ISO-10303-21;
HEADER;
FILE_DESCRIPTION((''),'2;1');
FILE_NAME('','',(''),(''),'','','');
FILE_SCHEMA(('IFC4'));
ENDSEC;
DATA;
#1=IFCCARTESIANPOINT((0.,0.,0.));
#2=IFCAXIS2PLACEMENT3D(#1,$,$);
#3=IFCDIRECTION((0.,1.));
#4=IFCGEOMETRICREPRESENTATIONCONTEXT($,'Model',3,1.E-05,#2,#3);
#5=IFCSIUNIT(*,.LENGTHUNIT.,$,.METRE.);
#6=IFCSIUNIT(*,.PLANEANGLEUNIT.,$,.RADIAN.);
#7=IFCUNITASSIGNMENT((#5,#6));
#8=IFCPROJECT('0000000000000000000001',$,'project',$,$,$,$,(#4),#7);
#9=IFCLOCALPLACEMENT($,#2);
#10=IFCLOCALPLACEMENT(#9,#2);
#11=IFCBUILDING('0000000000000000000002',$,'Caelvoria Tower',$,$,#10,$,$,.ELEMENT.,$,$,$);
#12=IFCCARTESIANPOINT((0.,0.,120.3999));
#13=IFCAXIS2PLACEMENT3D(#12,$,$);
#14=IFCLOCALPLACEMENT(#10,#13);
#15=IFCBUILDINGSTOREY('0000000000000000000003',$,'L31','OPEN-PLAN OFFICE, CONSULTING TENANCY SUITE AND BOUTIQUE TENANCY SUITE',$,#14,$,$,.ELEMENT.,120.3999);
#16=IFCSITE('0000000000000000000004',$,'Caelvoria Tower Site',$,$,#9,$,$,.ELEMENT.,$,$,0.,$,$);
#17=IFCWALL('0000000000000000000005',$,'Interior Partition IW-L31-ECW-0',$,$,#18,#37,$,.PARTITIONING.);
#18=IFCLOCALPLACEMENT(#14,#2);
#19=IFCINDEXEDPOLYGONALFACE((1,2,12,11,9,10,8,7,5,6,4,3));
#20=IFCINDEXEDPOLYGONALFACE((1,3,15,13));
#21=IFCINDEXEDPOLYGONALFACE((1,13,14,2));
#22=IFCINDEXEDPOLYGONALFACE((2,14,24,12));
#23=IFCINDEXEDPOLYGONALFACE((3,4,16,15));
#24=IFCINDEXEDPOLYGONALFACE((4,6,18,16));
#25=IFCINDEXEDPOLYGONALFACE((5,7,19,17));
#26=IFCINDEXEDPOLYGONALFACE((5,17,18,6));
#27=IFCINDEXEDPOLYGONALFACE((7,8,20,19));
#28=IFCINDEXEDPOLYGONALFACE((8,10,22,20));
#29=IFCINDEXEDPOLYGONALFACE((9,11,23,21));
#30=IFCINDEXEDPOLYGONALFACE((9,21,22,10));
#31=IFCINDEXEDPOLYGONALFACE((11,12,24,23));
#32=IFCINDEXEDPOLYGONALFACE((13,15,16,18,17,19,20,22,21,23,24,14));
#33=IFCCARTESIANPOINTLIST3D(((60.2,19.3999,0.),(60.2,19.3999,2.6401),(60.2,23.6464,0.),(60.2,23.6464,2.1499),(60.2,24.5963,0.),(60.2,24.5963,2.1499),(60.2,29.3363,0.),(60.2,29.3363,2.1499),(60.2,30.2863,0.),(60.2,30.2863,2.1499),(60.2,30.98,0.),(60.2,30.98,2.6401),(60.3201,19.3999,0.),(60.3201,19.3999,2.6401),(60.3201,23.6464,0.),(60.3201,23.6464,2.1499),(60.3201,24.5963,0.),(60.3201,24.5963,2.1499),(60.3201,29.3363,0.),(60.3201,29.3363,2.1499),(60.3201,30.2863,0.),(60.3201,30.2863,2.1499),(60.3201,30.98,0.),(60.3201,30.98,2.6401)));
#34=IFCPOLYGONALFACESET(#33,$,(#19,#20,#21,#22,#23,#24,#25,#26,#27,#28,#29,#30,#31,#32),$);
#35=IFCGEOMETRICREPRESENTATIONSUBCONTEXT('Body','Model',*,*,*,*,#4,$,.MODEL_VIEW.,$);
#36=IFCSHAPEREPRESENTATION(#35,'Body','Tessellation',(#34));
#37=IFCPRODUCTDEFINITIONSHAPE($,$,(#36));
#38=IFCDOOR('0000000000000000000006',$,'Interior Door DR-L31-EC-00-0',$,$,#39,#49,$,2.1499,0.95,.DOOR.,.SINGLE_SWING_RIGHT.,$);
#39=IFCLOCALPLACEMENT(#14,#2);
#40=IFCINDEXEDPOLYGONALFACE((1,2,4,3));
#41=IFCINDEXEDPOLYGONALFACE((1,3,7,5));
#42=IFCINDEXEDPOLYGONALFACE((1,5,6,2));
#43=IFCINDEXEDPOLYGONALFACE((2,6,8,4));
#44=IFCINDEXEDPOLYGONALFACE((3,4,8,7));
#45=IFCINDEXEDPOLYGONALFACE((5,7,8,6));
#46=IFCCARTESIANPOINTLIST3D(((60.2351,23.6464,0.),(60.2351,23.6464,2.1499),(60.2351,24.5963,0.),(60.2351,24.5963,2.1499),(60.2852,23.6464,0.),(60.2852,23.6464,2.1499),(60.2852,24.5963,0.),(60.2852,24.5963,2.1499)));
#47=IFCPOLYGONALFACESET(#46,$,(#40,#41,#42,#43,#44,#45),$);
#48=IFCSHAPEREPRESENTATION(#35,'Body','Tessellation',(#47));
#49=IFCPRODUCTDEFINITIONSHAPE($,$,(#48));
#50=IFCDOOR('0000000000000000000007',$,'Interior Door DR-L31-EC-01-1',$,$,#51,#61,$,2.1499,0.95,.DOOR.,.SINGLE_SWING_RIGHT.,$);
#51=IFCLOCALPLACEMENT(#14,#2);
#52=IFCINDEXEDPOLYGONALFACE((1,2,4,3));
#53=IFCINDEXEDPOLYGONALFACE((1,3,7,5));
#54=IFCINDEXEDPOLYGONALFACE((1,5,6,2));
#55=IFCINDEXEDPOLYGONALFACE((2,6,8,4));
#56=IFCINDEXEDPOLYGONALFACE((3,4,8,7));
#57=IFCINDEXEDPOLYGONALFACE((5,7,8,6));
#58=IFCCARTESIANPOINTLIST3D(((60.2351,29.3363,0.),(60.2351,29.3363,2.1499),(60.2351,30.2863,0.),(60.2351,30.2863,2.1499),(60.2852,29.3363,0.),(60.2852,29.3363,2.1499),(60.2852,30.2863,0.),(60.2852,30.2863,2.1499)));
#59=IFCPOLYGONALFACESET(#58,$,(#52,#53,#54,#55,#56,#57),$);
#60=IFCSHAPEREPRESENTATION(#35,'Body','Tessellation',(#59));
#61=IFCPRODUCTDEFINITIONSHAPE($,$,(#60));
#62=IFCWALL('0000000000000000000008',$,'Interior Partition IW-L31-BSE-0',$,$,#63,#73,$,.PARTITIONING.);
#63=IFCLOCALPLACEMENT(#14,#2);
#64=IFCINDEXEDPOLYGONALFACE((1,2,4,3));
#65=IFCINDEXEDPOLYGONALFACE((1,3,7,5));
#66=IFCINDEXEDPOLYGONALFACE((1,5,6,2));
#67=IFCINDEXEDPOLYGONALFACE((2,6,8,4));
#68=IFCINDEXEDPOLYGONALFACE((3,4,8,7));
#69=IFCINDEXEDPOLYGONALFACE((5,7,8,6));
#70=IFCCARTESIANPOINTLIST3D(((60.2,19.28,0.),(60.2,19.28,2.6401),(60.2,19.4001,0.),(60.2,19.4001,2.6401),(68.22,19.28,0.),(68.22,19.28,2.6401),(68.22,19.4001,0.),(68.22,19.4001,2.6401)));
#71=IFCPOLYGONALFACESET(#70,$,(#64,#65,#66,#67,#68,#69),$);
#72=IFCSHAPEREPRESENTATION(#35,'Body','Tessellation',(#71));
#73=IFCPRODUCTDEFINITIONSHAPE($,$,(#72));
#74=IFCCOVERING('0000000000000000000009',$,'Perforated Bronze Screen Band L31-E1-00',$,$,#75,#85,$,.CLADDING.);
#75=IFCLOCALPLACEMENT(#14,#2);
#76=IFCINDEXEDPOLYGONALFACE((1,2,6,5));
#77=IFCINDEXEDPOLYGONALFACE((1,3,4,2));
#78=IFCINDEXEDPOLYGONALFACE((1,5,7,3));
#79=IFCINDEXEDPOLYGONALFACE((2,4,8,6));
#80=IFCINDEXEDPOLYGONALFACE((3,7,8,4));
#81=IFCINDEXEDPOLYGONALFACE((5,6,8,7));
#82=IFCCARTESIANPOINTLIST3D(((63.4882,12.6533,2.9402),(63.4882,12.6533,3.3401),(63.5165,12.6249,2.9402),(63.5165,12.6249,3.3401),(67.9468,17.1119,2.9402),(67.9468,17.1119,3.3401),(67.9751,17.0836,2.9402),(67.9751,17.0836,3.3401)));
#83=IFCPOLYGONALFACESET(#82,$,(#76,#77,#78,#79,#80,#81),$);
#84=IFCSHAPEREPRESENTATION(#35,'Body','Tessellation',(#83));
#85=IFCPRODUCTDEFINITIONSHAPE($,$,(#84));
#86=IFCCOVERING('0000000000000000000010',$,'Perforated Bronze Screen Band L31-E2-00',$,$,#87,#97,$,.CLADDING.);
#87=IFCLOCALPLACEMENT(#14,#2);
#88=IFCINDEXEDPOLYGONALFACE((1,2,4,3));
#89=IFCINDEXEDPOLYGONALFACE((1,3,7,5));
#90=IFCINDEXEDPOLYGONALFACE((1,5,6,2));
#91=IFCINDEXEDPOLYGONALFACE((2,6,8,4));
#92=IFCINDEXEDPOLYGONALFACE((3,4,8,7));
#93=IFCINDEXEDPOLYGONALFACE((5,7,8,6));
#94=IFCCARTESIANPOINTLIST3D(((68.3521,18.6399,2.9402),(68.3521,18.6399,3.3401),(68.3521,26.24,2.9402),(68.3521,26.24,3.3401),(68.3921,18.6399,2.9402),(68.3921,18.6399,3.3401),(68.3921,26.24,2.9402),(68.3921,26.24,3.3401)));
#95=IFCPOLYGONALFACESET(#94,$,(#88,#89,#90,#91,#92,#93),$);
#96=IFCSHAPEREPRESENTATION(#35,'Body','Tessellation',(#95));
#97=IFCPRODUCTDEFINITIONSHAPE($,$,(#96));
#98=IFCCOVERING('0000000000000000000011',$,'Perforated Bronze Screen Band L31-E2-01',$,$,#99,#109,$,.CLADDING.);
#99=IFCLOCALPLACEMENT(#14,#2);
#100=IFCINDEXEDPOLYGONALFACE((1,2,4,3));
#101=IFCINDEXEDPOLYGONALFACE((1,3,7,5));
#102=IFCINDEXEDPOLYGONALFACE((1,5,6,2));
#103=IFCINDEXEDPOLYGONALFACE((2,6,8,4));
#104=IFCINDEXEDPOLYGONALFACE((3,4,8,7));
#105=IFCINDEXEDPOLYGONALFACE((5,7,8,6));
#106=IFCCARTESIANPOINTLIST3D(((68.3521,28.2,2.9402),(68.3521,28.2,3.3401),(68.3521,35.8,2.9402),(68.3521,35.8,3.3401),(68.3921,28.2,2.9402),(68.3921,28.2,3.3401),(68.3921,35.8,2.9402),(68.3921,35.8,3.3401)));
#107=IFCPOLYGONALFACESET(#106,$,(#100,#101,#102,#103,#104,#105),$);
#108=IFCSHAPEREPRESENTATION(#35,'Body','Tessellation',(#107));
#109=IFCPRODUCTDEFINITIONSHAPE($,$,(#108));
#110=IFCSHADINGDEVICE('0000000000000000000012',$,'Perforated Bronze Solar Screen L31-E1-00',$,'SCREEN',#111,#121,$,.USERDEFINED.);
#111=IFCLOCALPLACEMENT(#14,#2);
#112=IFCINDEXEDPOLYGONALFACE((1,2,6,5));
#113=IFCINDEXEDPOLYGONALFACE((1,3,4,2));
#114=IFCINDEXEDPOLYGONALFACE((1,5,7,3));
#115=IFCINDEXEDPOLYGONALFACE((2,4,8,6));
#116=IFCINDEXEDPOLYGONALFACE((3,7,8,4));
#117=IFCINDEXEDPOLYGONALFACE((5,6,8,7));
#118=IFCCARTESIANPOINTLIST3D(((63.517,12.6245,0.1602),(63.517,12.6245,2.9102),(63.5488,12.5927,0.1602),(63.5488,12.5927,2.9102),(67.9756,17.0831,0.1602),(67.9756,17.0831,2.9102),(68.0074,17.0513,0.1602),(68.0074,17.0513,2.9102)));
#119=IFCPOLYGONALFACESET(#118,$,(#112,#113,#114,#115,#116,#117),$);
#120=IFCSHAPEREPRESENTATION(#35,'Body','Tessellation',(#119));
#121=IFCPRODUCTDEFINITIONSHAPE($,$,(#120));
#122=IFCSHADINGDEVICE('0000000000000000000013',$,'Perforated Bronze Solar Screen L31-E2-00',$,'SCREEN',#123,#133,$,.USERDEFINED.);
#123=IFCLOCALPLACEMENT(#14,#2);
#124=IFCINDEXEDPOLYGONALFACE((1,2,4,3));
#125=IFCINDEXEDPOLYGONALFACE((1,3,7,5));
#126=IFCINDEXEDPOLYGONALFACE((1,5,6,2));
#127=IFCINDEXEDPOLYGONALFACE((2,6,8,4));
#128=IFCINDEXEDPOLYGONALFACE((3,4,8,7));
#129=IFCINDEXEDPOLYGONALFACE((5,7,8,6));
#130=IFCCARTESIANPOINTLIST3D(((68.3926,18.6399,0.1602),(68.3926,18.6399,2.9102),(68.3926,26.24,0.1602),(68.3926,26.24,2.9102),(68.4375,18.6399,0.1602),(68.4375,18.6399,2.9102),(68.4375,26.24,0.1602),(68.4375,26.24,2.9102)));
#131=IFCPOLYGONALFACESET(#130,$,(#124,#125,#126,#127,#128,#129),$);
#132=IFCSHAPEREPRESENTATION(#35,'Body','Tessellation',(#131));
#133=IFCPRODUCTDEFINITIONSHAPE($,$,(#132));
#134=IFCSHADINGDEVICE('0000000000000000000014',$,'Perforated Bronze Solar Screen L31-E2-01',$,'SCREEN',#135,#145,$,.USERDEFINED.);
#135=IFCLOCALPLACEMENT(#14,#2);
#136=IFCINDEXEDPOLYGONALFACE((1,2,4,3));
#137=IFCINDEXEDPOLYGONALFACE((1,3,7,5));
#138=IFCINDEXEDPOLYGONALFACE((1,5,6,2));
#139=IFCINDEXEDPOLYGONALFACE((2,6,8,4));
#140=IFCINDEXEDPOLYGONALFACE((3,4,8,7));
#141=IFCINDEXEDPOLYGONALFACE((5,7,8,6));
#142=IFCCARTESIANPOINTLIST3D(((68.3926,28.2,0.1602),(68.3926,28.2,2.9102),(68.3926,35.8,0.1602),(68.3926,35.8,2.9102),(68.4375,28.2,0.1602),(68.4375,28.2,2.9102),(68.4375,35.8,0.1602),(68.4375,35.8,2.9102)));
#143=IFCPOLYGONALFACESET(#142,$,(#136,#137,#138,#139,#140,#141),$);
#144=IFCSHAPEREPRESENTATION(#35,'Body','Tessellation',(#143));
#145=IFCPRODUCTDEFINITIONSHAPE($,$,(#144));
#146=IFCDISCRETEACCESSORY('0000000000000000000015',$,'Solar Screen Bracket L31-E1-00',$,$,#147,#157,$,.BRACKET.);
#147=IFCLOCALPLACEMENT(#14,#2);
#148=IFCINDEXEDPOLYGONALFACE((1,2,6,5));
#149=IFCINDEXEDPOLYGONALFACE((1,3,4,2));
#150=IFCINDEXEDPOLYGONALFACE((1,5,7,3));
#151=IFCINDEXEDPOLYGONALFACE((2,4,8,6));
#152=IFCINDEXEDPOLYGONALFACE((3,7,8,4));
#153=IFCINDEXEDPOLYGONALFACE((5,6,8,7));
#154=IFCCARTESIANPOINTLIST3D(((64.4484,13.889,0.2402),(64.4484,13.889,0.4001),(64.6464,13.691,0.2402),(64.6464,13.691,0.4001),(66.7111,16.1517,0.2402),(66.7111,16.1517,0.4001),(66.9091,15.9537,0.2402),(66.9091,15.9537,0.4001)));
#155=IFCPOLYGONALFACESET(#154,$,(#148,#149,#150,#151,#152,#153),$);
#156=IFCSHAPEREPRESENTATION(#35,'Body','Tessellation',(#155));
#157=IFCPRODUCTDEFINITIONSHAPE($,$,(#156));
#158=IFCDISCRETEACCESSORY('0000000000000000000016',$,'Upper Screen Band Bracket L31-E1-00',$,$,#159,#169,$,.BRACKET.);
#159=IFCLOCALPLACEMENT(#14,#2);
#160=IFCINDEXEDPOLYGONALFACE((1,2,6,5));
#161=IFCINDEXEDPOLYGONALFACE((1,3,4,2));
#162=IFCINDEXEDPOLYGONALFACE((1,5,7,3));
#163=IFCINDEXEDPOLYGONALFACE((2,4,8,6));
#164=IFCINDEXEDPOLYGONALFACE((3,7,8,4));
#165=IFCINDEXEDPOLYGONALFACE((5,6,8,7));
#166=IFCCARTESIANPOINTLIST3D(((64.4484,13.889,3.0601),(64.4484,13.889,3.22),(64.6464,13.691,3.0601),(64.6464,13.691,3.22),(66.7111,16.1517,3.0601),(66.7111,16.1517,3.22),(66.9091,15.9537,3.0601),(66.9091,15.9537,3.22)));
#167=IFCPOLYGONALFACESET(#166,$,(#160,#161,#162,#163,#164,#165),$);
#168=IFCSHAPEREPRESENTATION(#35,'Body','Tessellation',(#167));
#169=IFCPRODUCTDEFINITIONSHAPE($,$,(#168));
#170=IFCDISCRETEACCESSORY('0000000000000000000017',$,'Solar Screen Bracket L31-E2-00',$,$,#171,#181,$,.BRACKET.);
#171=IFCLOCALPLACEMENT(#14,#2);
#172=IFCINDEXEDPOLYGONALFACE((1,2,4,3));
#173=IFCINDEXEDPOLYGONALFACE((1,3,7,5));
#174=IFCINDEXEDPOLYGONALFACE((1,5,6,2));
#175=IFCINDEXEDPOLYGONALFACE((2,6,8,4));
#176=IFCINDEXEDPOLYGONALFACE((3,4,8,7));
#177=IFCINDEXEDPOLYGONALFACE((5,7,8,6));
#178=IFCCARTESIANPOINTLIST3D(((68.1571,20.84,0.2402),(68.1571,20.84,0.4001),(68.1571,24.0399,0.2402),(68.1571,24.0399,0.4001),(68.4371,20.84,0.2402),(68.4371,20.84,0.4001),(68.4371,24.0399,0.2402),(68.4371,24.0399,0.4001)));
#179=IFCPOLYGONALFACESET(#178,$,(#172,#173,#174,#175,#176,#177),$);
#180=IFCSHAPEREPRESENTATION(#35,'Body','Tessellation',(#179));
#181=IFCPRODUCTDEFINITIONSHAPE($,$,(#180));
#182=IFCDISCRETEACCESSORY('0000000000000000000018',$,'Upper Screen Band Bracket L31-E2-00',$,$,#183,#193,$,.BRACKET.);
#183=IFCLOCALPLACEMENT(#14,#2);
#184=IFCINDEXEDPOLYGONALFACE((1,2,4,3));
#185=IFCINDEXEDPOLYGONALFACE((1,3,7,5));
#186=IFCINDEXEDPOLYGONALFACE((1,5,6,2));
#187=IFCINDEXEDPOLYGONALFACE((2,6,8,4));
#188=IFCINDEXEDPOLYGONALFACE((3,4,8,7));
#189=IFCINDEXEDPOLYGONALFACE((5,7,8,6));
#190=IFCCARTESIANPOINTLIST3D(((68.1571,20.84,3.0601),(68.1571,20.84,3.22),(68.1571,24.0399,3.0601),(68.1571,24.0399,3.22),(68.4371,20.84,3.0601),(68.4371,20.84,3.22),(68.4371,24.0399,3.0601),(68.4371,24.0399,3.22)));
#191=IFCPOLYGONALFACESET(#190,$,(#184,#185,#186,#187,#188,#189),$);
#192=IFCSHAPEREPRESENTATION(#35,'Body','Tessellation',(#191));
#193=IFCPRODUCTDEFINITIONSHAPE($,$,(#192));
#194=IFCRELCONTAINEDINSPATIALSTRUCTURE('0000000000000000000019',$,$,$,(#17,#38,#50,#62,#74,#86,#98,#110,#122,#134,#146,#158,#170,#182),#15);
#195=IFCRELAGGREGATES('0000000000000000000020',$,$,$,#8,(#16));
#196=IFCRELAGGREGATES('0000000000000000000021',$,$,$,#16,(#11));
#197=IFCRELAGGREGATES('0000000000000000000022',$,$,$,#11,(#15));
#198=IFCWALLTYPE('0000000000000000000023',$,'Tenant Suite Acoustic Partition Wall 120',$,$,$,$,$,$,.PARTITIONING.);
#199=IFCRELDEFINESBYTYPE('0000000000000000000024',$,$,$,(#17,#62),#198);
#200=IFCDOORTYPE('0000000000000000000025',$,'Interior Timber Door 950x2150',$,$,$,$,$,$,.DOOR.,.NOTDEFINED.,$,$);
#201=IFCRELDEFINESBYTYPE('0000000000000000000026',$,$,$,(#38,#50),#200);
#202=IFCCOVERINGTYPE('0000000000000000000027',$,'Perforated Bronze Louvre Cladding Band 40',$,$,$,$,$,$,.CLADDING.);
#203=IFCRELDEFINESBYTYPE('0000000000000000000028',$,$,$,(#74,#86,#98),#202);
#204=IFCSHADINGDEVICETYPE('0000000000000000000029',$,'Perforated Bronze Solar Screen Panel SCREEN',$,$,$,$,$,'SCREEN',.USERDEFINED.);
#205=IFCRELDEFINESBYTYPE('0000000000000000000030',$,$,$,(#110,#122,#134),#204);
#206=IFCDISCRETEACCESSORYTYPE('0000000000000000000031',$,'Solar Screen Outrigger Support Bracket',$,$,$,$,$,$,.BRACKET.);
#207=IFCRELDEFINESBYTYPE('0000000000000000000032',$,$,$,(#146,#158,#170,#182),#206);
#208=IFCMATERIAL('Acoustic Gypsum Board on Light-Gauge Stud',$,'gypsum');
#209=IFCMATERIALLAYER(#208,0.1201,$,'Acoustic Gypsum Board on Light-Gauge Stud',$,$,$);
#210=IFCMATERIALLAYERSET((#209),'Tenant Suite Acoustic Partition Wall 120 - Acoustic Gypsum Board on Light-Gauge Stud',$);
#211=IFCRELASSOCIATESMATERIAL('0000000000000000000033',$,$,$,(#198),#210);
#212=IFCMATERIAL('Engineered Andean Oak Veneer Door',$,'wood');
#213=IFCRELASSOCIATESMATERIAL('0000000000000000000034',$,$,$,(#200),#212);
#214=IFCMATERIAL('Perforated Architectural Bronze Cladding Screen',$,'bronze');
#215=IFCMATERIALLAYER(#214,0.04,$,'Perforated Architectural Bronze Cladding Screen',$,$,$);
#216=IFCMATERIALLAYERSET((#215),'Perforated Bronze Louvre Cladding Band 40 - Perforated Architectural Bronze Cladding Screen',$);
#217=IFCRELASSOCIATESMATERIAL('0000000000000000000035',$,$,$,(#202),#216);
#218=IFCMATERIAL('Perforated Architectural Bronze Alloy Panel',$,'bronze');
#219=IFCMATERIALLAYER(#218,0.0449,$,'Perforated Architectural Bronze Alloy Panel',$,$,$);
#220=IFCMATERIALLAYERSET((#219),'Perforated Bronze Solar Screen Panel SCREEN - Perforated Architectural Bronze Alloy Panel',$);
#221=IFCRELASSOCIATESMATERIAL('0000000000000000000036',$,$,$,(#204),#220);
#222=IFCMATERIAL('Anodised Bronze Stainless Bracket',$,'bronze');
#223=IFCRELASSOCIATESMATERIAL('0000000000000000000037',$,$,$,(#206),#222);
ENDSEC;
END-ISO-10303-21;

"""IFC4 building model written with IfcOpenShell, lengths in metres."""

from ifc_helpers import new_model, si_unit, direction, frame, frame_2d, origin, origin_2d, place, context, subcontext, project, spatial, rectangle, extrude, material, layer, layer_set, type_object, element, fill, save


model = new_model("IFC4")

# Units and contexts
model_context = context("Model", 3, precision=1e-05, world=origin(), true_north=direction((0.0, 1.0)))
body_context = subcontext(model_context, "Body", "Model", "MODEL_VIEW")
ifc_project = project(units=[si_unit("LENGTHUNIT", "METRE"), si_unit("PLANEANGLEUNIT", "RADIAN")], contexts=[model_context])

# Site, building, storey
site_placement = place(None, origin())
site = spatial("IfcSite", under=ifc_project, at=site_placement, Name="Caelvoria Tower Site", CompositionType="ELEMENT", RefElevation=0.0)
building_placement = place(site_placement, origin())
building = spatial("IfcBuilding", under=site, at=building_placement, Name="Caelvoria Tower", CompositionType="ELEMENT")
storey_placement = place(building_placement, frame((0.0, 0.0, 120.3999)))
storey = spatial("IfcBuildingStorey", under=building, at=storey_placement, Name="L31", Description="OPEN-PLAN OFFICE, CONSULTING TENANCY SUITE AND BOUTIQUE TENANCY SUITE", CompositionType="ELEMENT", Elevation=120.3999)

# Shared definitions
ifc_material_1 = material(Name="Acoustic Gypsum Board on Light-Gauge Stud", Category="gypsum")
ifc_layer_1 = layer(ifc_material_1, 0.1201, Name="Acoustic Gypsum Board on Light-Gauge Stud")
ifc_layer_set_1 = layer_set([ifc_layer_1], Name="Tenant Suite Acoustic Partition Wall 120 - Acoustic Gypsum Board on Light-Gauge Stud")
wall_type_1 = type_object("IfcWallType", Name="Tenant Suite Acoustic Partition Wall 120", PredefinedType="PARTITIONING", material=ifc_layer_set_1)
ifc_material_2 = material(Name="Engineered Andean Oak Veneer Door", Category="wood")

# Wall, openings, doors
wall_1_placement = place(storey_placement, frame((60.26, 19.3999, 0.0), z_axis=(0.0, 0.0, 1.0), x_axis=(0.0, 1.0, 0.0)))
wall_1 = element("IfcWall", 1, at=wall_1_placement, inside=storey, type_object=wall_type_1, Name="Interior Partition IW-L31-ECW-0", PredefinedType="PARTITIONING", context=body_context, shape_type="SweptSolid", body=[
    extrude(rectangle(XDim=11.5801, YDim=0.1201, at=frame_2d((5.79, 0.0))), origin(), (0.0, 0.0, 1.0), 2.6401),
])
opening_1_placement = place(wall_1_placement, frame((4.2463, 0.0, 0.0)))
opening_1 = element("IfcOpeningElement", 2, at=opening_1_placement, cuts=wall_1, PredefinedType="OPENING", context=body_context, shape_type="SweptSolid", body=[
    extrude(rectangle(XDim=0.95, YDim=2.1499, at=frame_2d((0.4751, 1.075))), frame((0.0, 0.0701, 0.0), z_axis=(0.0, -1.0, 0.0), x_axis=(1.0, 0.0, 0.0)), (0.0, 0.0, 1.0), 0.1401),
])
opening_2_placement = place(wall_1_placement, frame((9.9363, 0.0, 0.0)))
opening_2 = element("IfcOpeningElement", 3, at=opening_2_placement, cuts=wall_1, PredefinedType="OPENING", context=body_context, shape_type="SweptSolid", body=[
    extrude(rectangle(XDim=0.95, YDim=2.1499, at=frame_2d((0.4751, 1.075))), frame((0.0, 0.0701, 0.0), z_axis=(0.0, -1.0, 0.0), x_axis=(1.0, 0.0, 0.0)), (0.0, 0.0, 1.0), 0.1401),
])
door_type_1 = type_object("IfcDoorType", Name="Interior Timber Door 950x2150", OperationType="NOTDEFINED", PredefinedType="DOOR", material=ifc_material_2)
door_1_placement = place(opening_1_placement, origin())
door_1 = element("IfcDoor", 4, at=door_1_placement, inside=storey, type_object=door_type_1, Name="Interior Door DR-L31-EC-00-0", OperationType="SINGLE_SWING_RIGHT", OverallHeight=2.1499, OverallWidth=0.95, PredefinedType="DOOR", context=body_context, shape_type="SweptSolid", body=[
    extrude(rectangle(XDim=0.95, YDim=2.1499, at=frame_2d((0.4751, 1.075))), frame((0.0, 0.0249, 0.0), z_axis=(0.0, -1.0, 0.0), x_axis=(1.0, 0.0, 0.0)), (0.0, 0.0, 1.0), 0.05),
])
fill(opening_1, door_1)
door_2_placement = place(opening_2_placement, origin())
door_2 = element("IfcDoor", 5, at=door_2_placement, inside=storey, type_object=door_type_1, Name="Interior Door DR-L31-EC-01-1", OperationType="SINGLE_SWING_RIGHT", OverallHeight=2.1499, OverallWidth=0.95, PredefinedType="DOOR", context=body_context, shape_type="SweptSolid", body=[
    extrude(rectangle(XDim=0.95, YDim=2.1499, at=frame_2d((0.4751, 1.075))), frame((0.0, 0.0249, 0.0), z_axis=(0.0, -1.0, 0.0), x_axis=(1.0, 0.0, 0.0)), (0.0, 0.0, 1.0), 0.05),
])
fill(opening_2, door_2)

# Wall
wall_2_placement = place(storey_placement, frame((60.2, 19.3401, 0.0), z_axis=(0.0, 0.0, 1.0), x_axis=(1.0, 0.0, 0.0)))
element("IfcWall", 6, at=wall_2_placement, inside=storey, type_object=wall_type_1, Name="Interior Partition IW-L31-BSE-0", PredefinedType="PARTITIONING", context=body_context, shape_type="SweptSolid", body=[
    extrude(rectangle(XDim=8.02, YDim=0.1201, at=frame_2d((4.01, 0.0))), origin(), (0.0, 0.0, 1.0), 2.6401),
])

# Coverings
ifc_material_3 = material(Name="Perforated Architectural Bronze Cladding Screen", Category="bronze")
ifc_layer_2 = layer(ifc_material_3, 0.04, Name="Perforated Architectural Bronze Cladding Screen")
ifc_layer_set_2 = layer_set([ifc_layer_2], Name="Perforated Bronze Louvre Cladding Band 40 - Perforated Architectural Bronze Cladding Screen")
covering_type = type_object("IfcCoveringType", Name="Perforated Bronze Louvre Cladding Band 40", PredefinedType="CLADDING", material=ifc_layer_set_2)
covering_placement = place(storey_placement, frame((65.7317, 14.8684, 2.9402), z_axis=(0.0, 0.0, 1.0), x_axis=(0.707107, 0.707107, 0.0)))
element("IfcCovering", 7, at=covering_placement, inside=storey, type_object=covering_type, Name="Perforated Bronze Screen Band L31-E1-00", PredefinedType="CLADDING", context=body_context, shape_type="SweptSolid", body=[
    extrude(rectangle(XDim=6.3054, YDim=0.04, at=origin_2d()), origin(), (0.0, 0.0, 1.0), 0.3999),
])
for number, where, z_axis, x_axis, name in (
    (8, (68.3721, 22.4399, 2.9402), (0.0, 0.0, 1.0), (0.0, 1.0, 0.0), "Perforated Bronze Screen Band L31-E2-00"),
    (9, (68.3721, 32.0, 2.9402), (0.0, 0.0, 1.0), (0.0, 1.0, 0.0), "Perforated Bronze Screen Band L31-E2-01"),
):
    element("IfcCovering", number, at=place(storey_placement, frame(where, z_axis=z_axis, x_axis=x_axis)), inside=storey, type_object=covering_type, Name=name, PredefinedType="CLADDING", context=body_context, shape_type="SweptSolid", body=[
        extrude(rectangle(XDim=7.6001, YDim=0.04, at=origin_2d()), origin(), (0.0, 0.0, 1.0), 0.3999),
    ])

# Shading devices
ifc_material_4 = material(Name="Perforated Architectural Bronze Alloy Panel", Category="bronze")
ifc_layer_3 = layer(ifc_material_4, 0.0449, Name="Perforated Architectural Bronze Alloy Panel")
ifc_layer_set_3 = layer_set([ifc_layer_3], Name="Perforated Bronze Solar Screen Panel SCREEN - Perforated Architectural Bronze Alloy Panel")
shading_device_type = type_object("IfcShadingDeviceType", Name="Perforated Bronze Solar Screen Panel SCREEN", ElementType="SCREEN", PredefinedType="USERDEFINED", material=ifc_layer_set_3)
shading_device_placement = place(storey_placement, frame((65.7622, 14.8379, 0.1602), z_axis=(0.0, 0.0, 1.0), x_axis=(0.707107, 0.707107, 0.0)))
element("IfcShadingDevice", 10, at=shading_device_placement, inside=storey, type_object=shading_device_type, Name="Perforated Bronze Solar Screen L31-E1-00", ObjectType="SCREEN", PredefinedType="USERDEFINED", context=body_context, shape_type="SweptSolid", body=[
    extrude(rectangle(XDim=6.3054, YDim=0.0449, at=origin_2d()), origin(), (0.0, 0.0, 1.0), 2.75),
])
for number, where, z_axis, x_axis, name in (
    (11, (68.415, 22.4399, 0.1602), (0.0, 0.0, 1.0), (0.0, 1.0, 0.0), "Perforated Bronze Solar Screen L31-E2-00"),
    (12, (68.415, 32.0, 0.1602), (0.0, 0.0, 1.0), (0.0, 1.0, 0.0), "Perforated Bronze Solar Screen L31-E2-01"),
):
    element("IfcShadingDevice", number, at=place(storey_placement, frame(where, z_axis=z_axis, x_axis=x_axis)), inside=storey, type_object=shading_device_type, Name=name, ObjectType="SCREEN", PredefinedType="USERDEFINED", context=body_context, shape_type="SweptSolid", body=[
        extrude(rectangle(XDim=7.6001, YDim=0.0449, at=origin_2d()), origin(), (0.0, 0.0, 1.0), 2.75),
    ])

# Discrete accessories
ifc_material_5 = material(Name="Anodised Bronze Stainless Bracket", Category="bronze")
discrete_accessory_type = type_object("IfcDiscreteAccessoryType", Name="Solar Screen Outrigger Support Bracket", PredefinedType="BRACKET", material=ifc_material_5)
for number, where, z_axis, x_axis, name in (
    (13, (65.6787, 14.9214, 0.2402), (0.0, 0.0, 1.0), (0.707107, 0.707107, 0.0), "Solar Screen Bracket L31-E1-00"),
    (14, (65.6787, 14.9214, 3.0601), (0.0, 0.0, 1.0), (0.707107, 0.707107, 0.0), "Upper Screen Band Bracket L31-E1-00"),
    (15, (68.2971, 22.4399, 0.2402), (0.0, 0.0, 1.0), (0.0, 1.0, 0.0), "Solar Screen Bracket L31-E2-00"),
    (16, (68.2971, 22.4399, 3.0601), (0.0, 0.0, 1.0), (0.0, 1.0, 0.0), "Upper Screen Band Bracket L31-E2-00"),
):
    element("IfcDiscreteAccessory", number, at=place(storey_placement, frame(where, z_axis=z_axis, x_axis=x_axis)), inside=storey, type_object=discrete_accessory_type, Name=name, PredefinedType="BRACKET", context=body_context, shape_type="SweptSolid", body=[
        extrude(rectangle(XDim=3.2, YDim=0.28, at=origin_2d()), origin(), (0.0, 0.0, 1.0), 0.1599),
    ])

save(model, "model.ifc")
